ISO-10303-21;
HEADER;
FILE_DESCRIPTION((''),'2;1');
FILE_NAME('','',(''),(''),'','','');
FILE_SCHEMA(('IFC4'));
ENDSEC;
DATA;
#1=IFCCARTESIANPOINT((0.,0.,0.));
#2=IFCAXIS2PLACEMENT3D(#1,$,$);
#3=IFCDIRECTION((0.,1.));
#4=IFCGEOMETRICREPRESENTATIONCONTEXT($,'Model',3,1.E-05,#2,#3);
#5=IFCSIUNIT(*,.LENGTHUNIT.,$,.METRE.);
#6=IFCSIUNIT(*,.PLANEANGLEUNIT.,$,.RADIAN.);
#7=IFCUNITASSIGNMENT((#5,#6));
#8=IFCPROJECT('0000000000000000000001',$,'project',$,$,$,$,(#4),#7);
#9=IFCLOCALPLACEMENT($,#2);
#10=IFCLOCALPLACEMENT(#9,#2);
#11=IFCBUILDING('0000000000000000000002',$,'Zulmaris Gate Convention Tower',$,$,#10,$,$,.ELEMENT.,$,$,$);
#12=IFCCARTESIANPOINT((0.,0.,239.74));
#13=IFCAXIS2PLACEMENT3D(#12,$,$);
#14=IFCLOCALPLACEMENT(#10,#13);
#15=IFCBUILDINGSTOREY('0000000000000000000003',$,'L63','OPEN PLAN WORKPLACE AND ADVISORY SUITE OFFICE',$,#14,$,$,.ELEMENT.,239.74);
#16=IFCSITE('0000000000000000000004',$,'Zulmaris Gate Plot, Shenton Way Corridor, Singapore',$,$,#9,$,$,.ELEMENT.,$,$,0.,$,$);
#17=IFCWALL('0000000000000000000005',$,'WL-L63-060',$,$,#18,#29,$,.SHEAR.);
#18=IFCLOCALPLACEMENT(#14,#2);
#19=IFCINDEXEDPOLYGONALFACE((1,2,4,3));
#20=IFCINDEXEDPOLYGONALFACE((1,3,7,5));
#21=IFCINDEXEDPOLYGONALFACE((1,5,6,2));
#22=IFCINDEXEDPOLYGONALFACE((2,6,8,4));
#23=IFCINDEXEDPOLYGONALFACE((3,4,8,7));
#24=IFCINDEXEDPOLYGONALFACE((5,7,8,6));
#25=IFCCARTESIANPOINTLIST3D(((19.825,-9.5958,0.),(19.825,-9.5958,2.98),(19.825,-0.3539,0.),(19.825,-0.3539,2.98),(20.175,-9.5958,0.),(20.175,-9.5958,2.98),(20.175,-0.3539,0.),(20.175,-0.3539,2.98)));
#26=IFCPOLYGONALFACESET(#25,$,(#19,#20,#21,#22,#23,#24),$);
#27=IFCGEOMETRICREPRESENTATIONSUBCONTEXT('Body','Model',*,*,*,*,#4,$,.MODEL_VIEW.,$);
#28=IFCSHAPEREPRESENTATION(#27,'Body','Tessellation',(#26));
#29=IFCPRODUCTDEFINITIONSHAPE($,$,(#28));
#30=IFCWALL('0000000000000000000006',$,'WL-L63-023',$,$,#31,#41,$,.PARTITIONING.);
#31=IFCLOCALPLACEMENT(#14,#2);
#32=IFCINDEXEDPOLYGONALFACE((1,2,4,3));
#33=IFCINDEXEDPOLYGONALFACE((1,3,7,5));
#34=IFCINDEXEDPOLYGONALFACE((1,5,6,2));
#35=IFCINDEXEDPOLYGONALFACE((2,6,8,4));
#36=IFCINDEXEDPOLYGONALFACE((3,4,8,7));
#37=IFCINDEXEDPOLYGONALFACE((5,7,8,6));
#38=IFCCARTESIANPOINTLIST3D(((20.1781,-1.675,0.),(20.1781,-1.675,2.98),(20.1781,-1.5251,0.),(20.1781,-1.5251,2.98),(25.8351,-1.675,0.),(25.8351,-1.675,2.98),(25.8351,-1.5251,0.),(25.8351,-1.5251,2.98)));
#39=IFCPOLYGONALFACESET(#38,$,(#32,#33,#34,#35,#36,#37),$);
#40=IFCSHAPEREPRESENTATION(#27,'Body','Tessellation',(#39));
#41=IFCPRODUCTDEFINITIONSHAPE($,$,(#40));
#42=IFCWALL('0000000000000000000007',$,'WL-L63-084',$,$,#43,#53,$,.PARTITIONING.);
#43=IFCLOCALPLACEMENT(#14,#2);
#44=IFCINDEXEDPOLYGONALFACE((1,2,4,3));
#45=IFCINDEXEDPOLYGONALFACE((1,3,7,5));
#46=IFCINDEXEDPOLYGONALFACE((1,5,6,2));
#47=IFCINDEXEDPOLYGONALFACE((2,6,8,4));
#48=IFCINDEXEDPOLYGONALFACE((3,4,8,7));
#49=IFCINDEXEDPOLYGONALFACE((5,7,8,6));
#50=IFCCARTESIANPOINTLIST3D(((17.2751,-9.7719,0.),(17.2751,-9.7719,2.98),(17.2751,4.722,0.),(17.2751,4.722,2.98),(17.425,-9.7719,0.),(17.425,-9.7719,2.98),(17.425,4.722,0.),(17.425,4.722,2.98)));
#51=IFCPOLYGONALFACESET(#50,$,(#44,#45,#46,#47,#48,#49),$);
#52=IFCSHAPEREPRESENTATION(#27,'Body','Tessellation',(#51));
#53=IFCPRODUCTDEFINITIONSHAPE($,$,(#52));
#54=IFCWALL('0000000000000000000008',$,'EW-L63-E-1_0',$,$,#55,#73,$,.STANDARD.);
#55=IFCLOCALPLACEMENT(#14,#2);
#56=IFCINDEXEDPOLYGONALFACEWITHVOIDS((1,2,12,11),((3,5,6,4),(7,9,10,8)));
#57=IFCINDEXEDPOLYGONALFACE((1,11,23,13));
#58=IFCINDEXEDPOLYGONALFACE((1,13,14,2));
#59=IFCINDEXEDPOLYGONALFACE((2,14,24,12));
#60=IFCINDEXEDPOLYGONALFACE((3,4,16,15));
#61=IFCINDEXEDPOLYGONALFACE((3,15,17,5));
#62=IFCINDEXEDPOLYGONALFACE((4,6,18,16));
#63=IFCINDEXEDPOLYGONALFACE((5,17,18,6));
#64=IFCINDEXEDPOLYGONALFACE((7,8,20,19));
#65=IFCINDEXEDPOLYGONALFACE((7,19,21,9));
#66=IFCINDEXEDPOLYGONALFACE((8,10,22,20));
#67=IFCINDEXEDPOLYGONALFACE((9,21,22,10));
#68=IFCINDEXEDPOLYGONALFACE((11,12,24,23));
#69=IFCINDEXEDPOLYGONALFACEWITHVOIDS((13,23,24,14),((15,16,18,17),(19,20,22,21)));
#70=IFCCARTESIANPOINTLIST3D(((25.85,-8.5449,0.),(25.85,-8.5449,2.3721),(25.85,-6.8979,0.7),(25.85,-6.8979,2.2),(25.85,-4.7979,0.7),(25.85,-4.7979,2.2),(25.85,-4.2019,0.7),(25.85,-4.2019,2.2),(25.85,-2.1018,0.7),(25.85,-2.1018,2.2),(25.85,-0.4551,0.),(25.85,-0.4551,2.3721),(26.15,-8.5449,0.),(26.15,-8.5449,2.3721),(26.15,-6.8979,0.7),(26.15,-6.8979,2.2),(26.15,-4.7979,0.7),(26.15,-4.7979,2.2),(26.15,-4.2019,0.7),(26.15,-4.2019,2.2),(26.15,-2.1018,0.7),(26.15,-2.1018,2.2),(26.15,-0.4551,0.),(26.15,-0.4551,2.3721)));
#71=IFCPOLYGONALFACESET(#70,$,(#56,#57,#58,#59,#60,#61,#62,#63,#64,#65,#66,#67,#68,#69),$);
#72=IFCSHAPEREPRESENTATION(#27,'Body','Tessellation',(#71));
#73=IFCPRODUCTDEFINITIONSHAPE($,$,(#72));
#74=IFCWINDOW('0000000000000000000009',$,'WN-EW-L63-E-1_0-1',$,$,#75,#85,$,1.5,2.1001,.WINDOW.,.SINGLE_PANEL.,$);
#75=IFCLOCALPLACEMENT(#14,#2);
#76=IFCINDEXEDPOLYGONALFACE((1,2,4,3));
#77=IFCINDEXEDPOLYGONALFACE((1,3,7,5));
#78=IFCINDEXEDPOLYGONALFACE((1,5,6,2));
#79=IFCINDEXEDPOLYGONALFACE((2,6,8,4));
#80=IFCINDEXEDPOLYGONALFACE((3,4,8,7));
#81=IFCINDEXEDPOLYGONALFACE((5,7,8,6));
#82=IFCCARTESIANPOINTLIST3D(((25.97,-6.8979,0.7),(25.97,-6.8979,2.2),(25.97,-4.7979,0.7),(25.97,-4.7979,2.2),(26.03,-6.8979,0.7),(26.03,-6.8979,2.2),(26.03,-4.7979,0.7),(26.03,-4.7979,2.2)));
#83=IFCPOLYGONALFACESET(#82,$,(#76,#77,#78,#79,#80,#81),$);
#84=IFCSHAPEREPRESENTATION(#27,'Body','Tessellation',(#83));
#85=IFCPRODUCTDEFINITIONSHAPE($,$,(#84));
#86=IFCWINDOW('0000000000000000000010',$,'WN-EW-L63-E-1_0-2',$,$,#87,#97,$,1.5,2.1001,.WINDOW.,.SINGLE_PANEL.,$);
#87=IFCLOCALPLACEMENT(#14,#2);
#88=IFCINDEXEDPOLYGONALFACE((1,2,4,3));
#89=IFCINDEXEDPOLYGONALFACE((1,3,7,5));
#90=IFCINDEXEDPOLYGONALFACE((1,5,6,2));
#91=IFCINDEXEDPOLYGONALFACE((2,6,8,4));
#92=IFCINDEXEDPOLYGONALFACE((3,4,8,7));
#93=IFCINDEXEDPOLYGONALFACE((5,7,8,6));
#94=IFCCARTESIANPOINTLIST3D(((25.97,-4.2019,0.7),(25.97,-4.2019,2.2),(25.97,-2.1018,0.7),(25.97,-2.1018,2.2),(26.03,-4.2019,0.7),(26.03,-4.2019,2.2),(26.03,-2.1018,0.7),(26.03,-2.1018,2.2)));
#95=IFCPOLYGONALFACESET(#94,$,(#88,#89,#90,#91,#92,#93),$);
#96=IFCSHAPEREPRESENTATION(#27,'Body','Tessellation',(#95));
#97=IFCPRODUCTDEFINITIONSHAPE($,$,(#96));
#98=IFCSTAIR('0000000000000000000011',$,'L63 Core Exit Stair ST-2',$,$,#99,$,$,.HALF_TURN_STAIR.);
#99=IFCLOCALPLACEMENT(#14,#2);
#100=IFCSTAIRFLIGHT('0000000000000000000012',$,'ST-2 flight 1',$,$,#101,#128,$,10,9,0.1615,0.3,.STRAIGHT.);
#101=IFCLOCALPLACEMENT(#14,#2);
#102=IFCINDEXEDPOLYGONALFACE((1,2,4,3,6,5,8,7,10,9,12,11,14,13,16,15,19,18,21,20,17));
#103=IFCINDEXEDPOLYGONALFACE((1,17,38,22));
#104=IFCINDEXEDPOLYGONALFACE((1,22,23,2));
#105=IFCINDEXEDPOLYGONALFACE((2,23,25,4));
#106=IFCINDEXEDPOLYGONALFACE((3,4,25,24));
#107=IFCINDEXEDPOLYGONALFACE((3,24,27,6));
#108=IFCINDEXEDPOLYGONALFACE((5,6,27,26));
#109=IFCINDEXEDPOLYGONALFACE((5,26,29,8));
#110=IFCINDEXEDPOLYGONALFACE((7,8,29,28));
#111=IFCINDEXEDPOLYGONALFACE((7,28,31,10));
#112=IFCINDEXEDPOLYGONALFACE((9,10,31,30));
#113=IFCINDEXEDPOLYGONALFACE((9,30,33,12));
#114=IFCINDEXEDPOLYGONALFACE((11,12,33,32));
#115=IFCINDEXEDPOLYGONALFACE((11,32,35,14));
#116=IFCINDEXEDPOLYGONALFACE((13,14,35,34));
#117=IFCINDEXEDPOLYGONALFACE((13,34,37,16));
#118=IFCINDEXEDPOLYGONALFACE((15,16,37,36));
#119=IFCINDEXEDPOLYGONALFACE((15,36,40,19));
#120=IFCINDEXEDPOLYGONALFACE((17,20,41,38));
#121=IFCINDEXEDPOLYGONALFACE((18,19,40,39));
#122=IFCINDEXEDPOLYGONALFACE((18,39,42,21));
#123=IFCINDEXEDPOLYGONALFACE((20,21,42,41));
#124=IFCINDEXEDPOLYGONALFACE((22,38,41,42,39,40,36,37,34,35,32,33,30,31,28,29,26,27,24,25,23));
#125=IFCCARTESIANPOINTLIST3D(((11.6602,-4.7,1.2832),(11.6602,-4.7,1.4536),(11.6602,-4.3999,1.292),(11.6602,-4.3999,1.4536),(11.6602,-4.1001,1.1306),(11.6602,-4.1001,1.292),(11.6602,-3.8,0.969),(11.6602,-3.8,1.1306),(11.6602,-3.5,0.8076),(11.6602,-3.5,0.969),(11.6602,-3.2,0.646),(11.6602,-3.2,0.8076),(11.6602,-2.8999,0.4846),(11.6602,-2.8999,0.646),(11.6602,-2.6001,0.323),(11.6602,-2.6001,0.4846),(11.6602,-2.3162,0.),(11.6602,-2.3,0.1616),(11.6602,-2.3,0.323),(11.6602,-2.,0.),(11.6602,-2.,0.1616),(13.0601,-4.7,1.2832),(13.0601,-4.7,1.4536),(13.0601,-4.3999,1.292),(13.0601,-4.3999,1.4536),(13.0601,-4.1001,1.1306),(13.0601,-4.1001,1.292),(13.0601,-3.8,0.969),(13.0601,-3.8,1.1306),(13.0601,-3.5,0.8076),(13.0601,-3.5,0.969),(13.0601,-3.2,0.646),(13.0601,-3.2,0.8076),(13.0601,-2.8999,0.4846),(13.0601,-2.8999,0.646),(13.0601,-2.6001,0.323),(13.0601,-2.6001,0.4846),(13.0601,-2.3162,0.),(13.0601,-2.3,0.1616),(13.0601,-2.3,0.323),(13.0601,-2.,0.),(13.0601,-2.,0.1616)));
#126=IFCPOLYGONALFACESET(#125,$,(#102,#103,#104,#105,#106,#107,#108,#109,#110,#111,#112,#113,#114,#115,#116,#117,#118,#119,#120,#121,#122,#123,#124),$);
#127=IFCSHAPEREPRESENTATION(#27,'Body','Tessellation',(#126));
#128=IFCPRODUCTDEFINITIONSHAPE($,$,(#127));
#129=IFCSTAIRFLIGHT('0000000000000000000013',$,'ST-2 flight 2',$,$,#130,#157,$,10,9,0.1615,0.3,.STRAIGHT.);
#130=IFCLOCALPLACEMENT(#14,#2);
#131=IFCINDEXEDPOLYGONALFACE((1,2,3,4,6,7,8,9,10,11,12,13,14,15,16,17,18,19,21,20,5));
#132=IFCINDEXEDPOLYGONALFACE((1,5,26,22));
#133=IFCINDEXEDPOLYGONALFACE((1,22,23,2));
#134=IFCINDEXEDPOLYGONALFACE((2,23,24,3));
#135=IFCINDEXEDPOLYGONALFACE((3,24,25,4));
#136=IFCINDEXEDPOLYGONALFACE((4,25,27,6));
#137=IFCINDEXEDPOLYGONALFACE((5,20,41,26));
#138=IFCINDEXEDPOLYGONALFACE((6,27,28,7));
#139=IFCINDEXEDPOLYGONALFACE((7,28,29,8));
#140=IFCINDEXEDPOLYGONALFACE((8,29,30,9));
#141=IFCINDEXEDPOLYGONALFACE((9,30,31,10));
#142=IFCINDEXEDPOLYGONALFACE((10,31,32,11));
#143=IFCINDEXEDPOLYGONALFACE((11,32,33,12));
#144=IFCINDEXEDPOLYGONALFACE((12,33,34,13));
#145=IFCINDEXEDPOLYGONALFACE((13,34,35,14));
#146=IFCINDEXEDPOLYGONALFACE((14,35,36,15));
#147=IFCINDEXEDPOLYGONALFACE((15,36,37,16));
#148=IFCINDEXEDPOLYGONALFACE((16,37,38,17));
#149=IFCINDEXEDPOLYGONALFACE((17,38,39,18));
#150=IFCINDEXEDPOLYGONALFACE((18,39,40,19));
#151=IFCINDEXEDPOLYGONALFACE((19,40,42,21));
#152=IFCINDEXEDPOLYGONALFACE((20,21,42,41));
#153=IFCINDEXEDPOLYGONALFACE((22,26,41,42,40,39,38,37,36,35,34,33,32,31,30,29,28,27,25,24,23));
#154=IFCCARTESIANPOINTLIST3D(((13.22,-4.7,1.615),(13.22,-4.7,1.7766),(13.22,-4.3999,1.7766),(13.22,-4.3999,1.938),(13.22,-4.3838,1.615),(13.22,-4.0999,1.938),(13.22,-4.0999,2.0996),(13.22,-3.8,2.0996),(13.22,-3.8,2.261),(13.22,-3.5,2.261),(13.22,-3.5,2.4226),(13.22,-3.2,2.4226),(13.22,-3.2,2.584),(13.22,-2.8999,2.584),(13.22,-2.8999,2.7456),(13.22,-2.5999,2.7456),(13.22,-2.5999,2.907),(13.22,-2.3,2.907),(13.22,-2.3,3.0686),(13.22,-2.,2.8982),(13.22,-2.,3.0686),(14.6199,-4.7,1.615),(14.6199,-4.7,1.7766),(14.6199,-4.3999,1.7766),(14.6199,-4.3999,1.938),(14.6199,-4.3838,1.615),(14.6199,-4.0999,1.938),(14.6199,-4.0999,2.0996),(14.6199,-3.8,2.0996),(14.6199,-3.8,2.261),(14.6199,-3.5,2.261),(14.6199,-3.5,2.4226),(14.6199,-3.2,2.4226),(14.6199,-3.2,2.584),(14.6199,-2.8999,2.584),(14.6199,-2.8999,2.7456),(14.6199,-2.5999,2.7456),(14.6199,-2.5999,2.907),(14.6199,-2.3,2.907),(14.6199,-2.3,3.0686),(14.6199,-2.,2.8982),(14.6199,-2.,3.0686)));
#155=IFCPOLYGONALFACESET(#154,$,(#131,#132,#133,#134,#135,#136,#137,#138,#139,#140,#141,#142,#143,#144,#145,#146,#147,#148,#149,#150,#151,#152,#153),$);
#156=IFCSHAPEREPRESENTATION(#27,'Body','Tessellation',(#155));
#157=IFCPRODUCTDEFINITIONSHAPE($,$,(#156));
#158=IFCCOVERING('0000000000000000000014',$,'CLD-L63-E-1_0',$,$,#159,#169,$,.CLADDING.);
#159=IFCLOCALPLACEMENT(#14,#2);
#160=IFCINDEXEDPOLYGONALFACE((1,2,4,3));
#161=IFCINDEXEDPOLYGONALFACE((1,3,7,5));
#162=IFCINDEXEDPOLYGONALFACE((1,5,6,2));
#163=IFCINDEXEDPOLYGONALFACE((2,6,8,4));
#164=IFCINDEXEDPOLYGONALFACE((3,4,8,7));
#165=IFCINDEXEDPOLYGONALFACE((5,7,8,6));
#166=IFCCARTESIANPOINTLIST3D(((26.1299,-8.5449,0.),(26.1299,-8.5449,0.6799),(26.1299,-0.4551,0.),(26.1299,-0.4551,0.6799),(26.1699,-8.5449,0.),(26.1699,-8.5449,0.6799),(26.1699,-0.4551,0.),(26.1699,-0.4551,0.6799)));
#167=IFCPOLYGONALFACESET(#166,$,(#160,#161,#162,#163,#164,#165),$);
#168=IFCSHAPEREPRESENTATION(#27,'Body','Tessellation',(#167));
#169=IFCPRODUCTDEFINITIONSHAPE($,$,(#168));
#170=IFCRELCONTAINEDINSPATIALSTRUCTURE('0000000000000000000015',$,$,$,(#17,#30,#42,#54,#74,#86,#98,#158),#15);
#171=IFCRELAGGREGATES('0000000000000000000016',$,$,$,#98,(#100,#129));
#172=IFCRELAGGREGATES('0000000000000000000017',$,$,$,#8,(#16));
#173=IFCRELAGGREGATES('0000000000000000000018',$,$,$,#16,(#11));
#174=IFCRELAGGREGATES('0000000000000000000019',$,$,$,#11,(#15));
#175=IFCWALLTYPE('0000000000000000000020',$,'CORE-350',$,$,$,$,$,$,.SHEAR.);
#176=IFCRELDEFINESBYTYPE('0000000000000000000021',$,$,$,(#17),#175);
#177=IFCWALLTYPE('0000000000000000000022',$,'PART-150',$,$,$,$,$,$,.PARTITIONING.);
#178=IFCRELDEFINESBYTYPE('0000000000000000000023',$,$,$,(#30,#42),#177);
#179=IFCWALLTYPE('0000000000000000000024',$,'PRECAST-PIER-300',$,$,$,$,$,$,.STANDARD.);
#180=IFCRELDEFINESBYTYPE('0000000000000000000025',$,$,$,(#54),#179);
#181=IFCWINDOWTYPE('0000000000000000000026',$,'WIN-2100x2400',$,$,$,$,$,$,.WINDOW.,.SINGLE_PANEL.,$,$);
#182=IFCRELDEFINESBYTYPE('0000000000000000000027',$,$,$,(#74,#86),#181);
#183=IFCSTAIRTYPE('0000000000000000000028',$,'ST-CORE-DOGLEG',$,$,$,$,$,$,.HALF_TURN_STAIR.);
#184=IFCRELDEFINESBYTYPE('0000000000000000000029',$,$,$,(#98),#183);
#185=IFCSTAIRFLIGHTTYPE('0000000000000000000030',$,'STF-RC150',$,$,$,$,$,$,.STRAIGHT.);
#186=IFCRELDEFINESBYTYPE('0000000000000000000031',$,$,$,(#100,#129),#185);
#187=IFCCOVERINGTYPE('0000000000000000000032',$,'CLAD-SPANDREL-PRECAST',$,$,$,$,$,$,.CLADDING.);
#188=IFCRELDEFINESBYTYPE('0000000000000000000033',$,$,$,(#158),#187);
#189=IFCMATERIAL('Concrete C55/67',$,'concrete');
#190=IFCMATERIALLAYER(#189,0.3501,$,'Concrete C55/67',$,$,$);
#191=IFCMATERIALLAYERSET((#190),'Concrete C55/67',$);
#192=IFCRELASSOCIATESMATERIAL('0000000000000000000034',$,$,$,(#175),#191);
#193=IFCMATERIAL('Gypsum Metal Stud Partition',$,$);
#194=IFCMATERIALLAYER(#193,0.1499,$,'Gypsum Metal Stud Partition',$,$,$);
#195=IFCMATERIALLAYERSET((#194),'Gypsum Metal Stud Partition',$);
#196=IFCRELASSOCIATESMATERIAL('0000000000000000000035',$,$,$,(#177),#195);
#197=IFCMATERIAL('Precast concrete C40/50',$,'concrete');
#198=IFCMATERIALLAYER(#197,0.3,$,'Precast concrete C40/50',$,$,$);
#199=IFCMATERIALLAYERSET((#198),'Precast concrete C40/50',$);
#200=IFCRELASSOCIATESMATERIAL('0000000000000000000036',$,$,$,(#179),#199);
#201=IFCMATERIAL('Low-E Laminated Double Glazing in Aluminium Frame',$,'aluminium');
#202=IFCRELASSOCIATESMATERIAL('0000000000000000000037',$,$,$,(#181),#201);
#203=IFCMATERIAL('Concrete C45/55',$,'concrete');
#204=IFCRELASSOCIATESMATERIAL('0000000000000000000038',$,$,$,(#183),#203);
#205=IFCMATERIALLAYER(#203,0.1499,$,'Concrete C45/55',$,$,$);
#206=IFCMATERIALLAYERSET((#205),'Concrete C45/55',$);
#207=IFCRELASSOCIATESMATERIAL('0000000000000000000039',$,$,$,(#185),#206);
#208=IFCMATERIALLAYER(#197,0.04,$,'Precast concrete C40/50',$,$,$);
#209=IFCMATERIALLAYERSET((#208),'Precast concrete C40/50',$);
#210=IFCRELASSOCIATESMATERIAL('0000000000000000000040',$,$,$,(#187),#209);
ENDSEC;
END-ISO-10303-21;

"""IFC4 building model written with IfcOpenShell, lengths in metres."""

from ifc_helpers import new_model, si_unit, direction, frame, frame_2d, origin, place, context, subcontext, project, spatial, polyline, rectangle, outline, extrude, material, layer, layer_set, type_object, element, fill, aggregate, save


model = new_model("IFC4")

# Units and contexts
model_context = context("Model", 3, precision=1e-05, world=origin(), true_north=direction((0.0, 1.0)))
body_context = subcontext(model_context, "Body", "Model", "MODEL_VIEW")
ifc_project = project(units=[si_unit("LENGTHUNIT", "METRE"), si_unit("PLANEANGLEUNIT", "RADIAN")], contexts=[model_context])

# Site, building, storey
site_placement = place(None, origin())
site = spatial("IfcSite", under=ifc_project, at=site_placement, Name="Zulmaris Gate Plot, Shenton Way Corridor, Singapore", CompositionType="ELEMENT", RefElevation=0.0)
building_placement = place(site_placement, origin())
building = spatial("IfcBuilding", under=site, at=building_placement, Name="Zulmaris Gate Convention Tower", CompositionType="ELEMENT")
storey_placement = place(building_placement, frame((0.0, 0.0, 239.74)))
storey = spatial("IfcBuildingStorey", under=building, at=storey_placement, Name="L63", Description="OPEN PLAN WORKPLACE AND ADVISORY SUITE OFFICE", CompositionType="ELEMENT", Elevation=239.74)

# Walls
ifc_material_1 = material(Name="Concrete C55/67", Category="concrete")
ifc_layer_1 = layer(ifc_material_1, 0.3501, Name="Concrete C55/67")
ifc_layer_set_1 = layer_set([ifc_layer_1], Name="Concrete C55/67")
wall_type_1 = type_object("IfcWallType", Name="CORE-350", PredefinedType="SHEAR", material=ifc_layer_set_1)
wall_1_placement = place(storey_placement, frame((20.0, -9.5959, 0.0), z_axis=(0.0, 0.0, 1.0), x_axis=(0.0, 1.0, 0.0)))
element("IfcWall", 1, at=wall_1_placement, inside=storey, type_object=wall_type_1, Name="WL-L63-060", PredefinedType="SHEAR", context=body_context, shape_type="SweptSolid", body=[
    extrude(rectangle(XDim=9.2419, YDim=0.3501, at=frame_2d((4.6211, 0.0))), origin(), (0.0, 0.0, 1.0), 2.98),
])
ifc_material_2 = material(Name="Gypsum Metal Stud Partition")
ifc_layer_2 = layer(ifc_material_2, 0.1499, Name="Gypsum Metal Stud Partition")
ifc_layer_set_2 = layer_set([ifc_layer_2], Name="Gypsum Metal Stud Partition")
wall_type_2 = type_object("IfcWallType", Name="PART-150", PredefinedType="PARTITIONING", material=ifc_layer_set_2)
wall_2_placement = place(storey_placement, frame((20.178, -1.6001, 0.0), z_axis=(0.0, 0.0, 1.0), x_axis=(1.0, 0.0, 0.0)))
element("IfcWall", 2, at=wall_2_placement, inside=storey, type_object=wall_type_2, Name="WL-L63-023", PredefinedType="PARTITIONING", context=body_context, shape_type="SweptSolid", body=[
    extrude(rectangle(XDim=5.657, YDim=0.1499, at=frame_2d((2.8286, 0.0))), origin(), (0.0, 0.0, 1.0), 2.98),
])
wall_3_placement = place(storey_placement, frame((17.3501, -9.772, 0.0), z_axis=(0.0, 0.0, 1.0), x_axis=(0.0, 1.0, 0.0)))
element("IfcWall", 3, at=wall_3_placement, inside=storey, type_object=wall_type_2, Name="WL-L63-084", PredefinedType="PARTITIONING", context=body_context, shape_type="SweptSolid", body=[
    extrude(rectangle(XDim=14.4939, YDim=0.1499, at=frame_2d((7.2471, 0.0))), origin(), (0.0, 0.0, 1.0), 2.98),
])

# Wall, openings, windows
ifc_material_3 = material(Name="Precast concrete C40/50", Category="concrete")
ifc_layer_3 = layer(ifc_material_3, 0.3, Name="Precast concrete C40/50")
ifc_layer_set_3 = layer_set([ifc_layer_3], Name="Precast concrete C40/50")
wall_type_3 = type_object("IfcWallType", Name="PRECAST-PIER-300", PredefinedType="STANDARD", material=ifc_layer_set_3)
wall_4_placement = place(storey_placement, frame((26.0, -8.5449, 0.0), z_axis=(0.0, 0.0, 1.0), x_axis=(0.0, 1.0, 0.0)))
wall_4 = element("IfcWall", 4, at=wall_4_placement, inside=storey, type_object=wall_type_3, Name="EW-L63-E-1_0", PredefinedType="STANDARD", context=body_context, shape_type="SweptSolid", body=[
    extrude(rectangle(XDim=8.0898, YDim=0.3, at=frame_2d((4.0449, 0.0))), origin(), (0.0, 0.0, 1.0), 2.3721),
])
opening_1_placement = place(wall_4_placement, frame((1.647, 0.0, 0.7)))
opening_1 = element("IfcOpeningElement", 5, at=opening_1_placement, cuts=wall_4, PredefinedType="OPENING", context=body_context, shape_type="SweptSolid", body=[
    extrude(rectangle(XDim=2.1001, YDim=1.5, at=frame_2d((1.05, 0.75))), frame((0.0, 0.1602, 0.0), z_axis=(0.0, -1.0, 0.0), x_axis=(1.0, 0.0, 0.0)), (0.0, 0.0, 1.0), 0.3201),
])
opening_2_placement = place(wall_4_placement, frame((4.343, 0.0, 0.7)))
opening_2 = element("IfcOpeningElement", 6, at=opening_2_placement, cuts=wall_4, PredefinedType="OPENING", context=body_context, shape_type="SweptSolid", body=[
    extrude(rectangle(XDim=2.1001, YDim=1.5, at=frame_2d((1.05, 0.75))), frame((0.0, 0.1602, 0.0), z_axis=(0.0, -1.0, 0.0), x_axis=(1.0, 0.0, 0.0)), (0.0, 0.0, 1.0), 0.3201),
])
ifc_material_4 = material(Name="Low-E Laminated Double Glazing in Aluminium Frame", Category="aluminium")
window_type = type_object("IfcWindowType", Name="WIN-2100x2400", PartitioningType="SINGLE_PANEL", PredefinedType="WINDOW", material=ifc_material_4)
window_1_placement = place(opening_1_placement, origin())
window_1 = element("IfcWindow", 7, at=window_1_placement, inside=storey, type_object=window_type, Name="WN-EW-L63-E-1_0-1", OverallHeight=1.5, OverallWidth=2.1001, PartitioningType="SINGLE_PANEL", PredefinedType="WINDOW", context=body_context, shape_type="SweptSolid", body=[
    extrude(rectangle(XDim=2.1001, YDim=1.5, at=frame_2d((1.05, 0.75))), frame((0.0, 0.03, 0.0), z_axis=(0.0, -1.0, 0.0), x_axis=(1.0, 0.0, 0.0)), (0.0, 0.0, 1.0), 0.0601),
])
fill(opening_1, window_1)
window_2_placement = place(opening_2_placement, origin())
window_2 = element("IfcWindow", 8, at=window_2_placement, inside=storey, type_object=window_type, Name="WN-EW-L63-E-1_0-2", OverallHeight=1.5, OverallWidth=2.1001, PartitioningType="SINGLE_PANEL", PredefinedType="WINDOW", context=body_context, shape_type="SweptSolid", body=[
    extrude(rectangle(XDim=2.1001, YDim=1.5, at=frame_2d((1.05, 0.75))), frame((0.0, 0.03, 0.0), z_axis=(0.0, -1.0, 0.0), x_axis=(1.0, 0.0, 0.0)), (0.0, 0.0, 1.0), 0.0601),
])
fill(opening_2, window_2)

# Stair, stair flights
ifc_material_5 = material(Name="Concrete C45/55", Category="concrete")
stair_type = type_object("IfcStairType", Name="ST-CORE-DOGLEG", PredefinedType="HALF_TURN_STAIR", material=ifc_material_5)
stair_placement = place(storey_placement, origin())
stair = element("IfcStair", 9, at=stair_placement, inside=storey, type_object=stair_type, Name="L63 Core Exit Stair ST-2", PredefinedType="HALF_TURN_STAIR")
ifc_layer_4 = layer(ifc_material_5, 0.1499, Name="Concrete C45/55")
ifc_layer_set_4 = layer_set([ifc_layer_4], Name="Concrete C45/55")
stair_flight_type = type_object("IfcStairFlightType", Name="STF-RC150", PredefinedType="STRAIGHT", material=ifc_layer_set_4)
stair_flight_1_placement = place(storey_placement, frame((12.3601, -2.0, 0.0), z_axis=(0.0, 0.0, 1.0), x_axis=(0.0, -1.0, 0.0)))
stair_flight_1 = element("IfcStairFlight", 10, at=stair_flight_1_placement, type_object=stair_flight_type, Name="ST-2 flight 1", NumberOfRisers=10, NumberOfTreads=9, PredefinedType="STRAIGHT", RiserHeight=0.1615, TreadLength=0.3, context=body_context, shape_type="SweptSolid", body=[
    extrude(outline(polyline([(0.0, 0.0), (0.0, 0.1616), (0.3, 0.1616), (0.3, 0.323), (0.6001, 0.323), (0.6001, 0.4846), (0.8999, 0.4846), (0.8999, 0.646), (1.2, 0.646), (1.2, 0.8076), (1.5, 0.8076), (1.5, 0.969), (1.8, 0.969), (1.8, 1.1306), (2.1001, 1.1306), (2.1001, 1.292), (2.3999, 1.292), (2.3999, 1.4536), (2.7, 1.4536), (2.7, 1.615), (2.7, 1.2832), (0.3162, 0.0), (0.0, 0.0)])), frame((0.0, 0.7, 0.0), z_axis=(0.0, -1.0, 0.0), x_axis=(1.0, 0.0, 0.0)), (0.0, 0.0, 1.0), 1.3999),
])
stair_flight_2_placement = place(storey_placement, frame((13.9199, -4.7, 1.615), z_axis=(0.0, 0.0, 1.0), x_axis=(0.0, 1.0, 0.0)))
stair_flight_2 = element("IfcStairFlight", 11, at=stair_flight_2_placement, type_object=stair_flight_type, Name="ST-2 flight 2", NumberOfRisers=10, NumberOfTreads=9, PredefinedType="STRAIGHT", RiserHeight=0.1615, TreadLength=0.3, context=body_context, shape_type="SweptSolid", body=[
    extrude(outline(polyline([(0.0, 0.0), (0.0, 0.1616), (0.3, 0.1616), (0.3, 0.323), (0.6001, 0.323), (0.6001, 0.4846), (0.8999, 0.4846), (0.8999, 0.646), (1.2, 0.646), (1.2, 0.8076), (1.5, 0.8076), (1.5, 0.969), (1.8, 0.969), (1.8, 1.1306), (2.1001, 1.1306), (2.1001, 1.292), (2.3999, 1.292), (2.3999, 1.4536), (2.7, 1.4536), (2.7, 1.615), (2.7, 1.2832), (0.3162, 0.0), (0.0, 0.0)])), frame((0.0, 0.7, 0.0), z_axis=(0.0, -1.0, 0.0), x_axis=(1.0, 0.0, 0.0)), (0.0, 0.0, 1.0), 1.3999),
])
aggregate(stair, [stair_flight_1, stair_flight_2])

# Covering
ifc_layer_5 = layer(ifc_material_3, 0.04, Name="Precast concrete C40/50")
ifc_layer_set_5 = layer_set([ifc_layer_5], Name="Precast concrete C40/50")
covering_type = type_object("IfcCoveringType", Name="CLAD-SPANDREL-PRECAST", PredefinedType="CLADDING", material=ifc_layer_set_5)
covering_placement = place(storey_placement, frame((26.1499, -8.5449, 0.0), z_axis=(0.0, 0.0, 1.0), x_axis=(0.0, 1.0, 0.0)))
element("IfcCovering", 12, at=covering_placement, inside=storey, type_object=covering_type, Name="CLD-L63-E-1_0", PredefinedType="CLADDING", context=body_context, shape_type="SweptSolid", body=[
    extrude(rectangle(XDim=8.0898, YDim=0.04, at=frame_2d((4.0449, 0.0))), origin(), (0.0, 0.0, 1.0), 0.6799),
])

save(model, "model.ifc")
